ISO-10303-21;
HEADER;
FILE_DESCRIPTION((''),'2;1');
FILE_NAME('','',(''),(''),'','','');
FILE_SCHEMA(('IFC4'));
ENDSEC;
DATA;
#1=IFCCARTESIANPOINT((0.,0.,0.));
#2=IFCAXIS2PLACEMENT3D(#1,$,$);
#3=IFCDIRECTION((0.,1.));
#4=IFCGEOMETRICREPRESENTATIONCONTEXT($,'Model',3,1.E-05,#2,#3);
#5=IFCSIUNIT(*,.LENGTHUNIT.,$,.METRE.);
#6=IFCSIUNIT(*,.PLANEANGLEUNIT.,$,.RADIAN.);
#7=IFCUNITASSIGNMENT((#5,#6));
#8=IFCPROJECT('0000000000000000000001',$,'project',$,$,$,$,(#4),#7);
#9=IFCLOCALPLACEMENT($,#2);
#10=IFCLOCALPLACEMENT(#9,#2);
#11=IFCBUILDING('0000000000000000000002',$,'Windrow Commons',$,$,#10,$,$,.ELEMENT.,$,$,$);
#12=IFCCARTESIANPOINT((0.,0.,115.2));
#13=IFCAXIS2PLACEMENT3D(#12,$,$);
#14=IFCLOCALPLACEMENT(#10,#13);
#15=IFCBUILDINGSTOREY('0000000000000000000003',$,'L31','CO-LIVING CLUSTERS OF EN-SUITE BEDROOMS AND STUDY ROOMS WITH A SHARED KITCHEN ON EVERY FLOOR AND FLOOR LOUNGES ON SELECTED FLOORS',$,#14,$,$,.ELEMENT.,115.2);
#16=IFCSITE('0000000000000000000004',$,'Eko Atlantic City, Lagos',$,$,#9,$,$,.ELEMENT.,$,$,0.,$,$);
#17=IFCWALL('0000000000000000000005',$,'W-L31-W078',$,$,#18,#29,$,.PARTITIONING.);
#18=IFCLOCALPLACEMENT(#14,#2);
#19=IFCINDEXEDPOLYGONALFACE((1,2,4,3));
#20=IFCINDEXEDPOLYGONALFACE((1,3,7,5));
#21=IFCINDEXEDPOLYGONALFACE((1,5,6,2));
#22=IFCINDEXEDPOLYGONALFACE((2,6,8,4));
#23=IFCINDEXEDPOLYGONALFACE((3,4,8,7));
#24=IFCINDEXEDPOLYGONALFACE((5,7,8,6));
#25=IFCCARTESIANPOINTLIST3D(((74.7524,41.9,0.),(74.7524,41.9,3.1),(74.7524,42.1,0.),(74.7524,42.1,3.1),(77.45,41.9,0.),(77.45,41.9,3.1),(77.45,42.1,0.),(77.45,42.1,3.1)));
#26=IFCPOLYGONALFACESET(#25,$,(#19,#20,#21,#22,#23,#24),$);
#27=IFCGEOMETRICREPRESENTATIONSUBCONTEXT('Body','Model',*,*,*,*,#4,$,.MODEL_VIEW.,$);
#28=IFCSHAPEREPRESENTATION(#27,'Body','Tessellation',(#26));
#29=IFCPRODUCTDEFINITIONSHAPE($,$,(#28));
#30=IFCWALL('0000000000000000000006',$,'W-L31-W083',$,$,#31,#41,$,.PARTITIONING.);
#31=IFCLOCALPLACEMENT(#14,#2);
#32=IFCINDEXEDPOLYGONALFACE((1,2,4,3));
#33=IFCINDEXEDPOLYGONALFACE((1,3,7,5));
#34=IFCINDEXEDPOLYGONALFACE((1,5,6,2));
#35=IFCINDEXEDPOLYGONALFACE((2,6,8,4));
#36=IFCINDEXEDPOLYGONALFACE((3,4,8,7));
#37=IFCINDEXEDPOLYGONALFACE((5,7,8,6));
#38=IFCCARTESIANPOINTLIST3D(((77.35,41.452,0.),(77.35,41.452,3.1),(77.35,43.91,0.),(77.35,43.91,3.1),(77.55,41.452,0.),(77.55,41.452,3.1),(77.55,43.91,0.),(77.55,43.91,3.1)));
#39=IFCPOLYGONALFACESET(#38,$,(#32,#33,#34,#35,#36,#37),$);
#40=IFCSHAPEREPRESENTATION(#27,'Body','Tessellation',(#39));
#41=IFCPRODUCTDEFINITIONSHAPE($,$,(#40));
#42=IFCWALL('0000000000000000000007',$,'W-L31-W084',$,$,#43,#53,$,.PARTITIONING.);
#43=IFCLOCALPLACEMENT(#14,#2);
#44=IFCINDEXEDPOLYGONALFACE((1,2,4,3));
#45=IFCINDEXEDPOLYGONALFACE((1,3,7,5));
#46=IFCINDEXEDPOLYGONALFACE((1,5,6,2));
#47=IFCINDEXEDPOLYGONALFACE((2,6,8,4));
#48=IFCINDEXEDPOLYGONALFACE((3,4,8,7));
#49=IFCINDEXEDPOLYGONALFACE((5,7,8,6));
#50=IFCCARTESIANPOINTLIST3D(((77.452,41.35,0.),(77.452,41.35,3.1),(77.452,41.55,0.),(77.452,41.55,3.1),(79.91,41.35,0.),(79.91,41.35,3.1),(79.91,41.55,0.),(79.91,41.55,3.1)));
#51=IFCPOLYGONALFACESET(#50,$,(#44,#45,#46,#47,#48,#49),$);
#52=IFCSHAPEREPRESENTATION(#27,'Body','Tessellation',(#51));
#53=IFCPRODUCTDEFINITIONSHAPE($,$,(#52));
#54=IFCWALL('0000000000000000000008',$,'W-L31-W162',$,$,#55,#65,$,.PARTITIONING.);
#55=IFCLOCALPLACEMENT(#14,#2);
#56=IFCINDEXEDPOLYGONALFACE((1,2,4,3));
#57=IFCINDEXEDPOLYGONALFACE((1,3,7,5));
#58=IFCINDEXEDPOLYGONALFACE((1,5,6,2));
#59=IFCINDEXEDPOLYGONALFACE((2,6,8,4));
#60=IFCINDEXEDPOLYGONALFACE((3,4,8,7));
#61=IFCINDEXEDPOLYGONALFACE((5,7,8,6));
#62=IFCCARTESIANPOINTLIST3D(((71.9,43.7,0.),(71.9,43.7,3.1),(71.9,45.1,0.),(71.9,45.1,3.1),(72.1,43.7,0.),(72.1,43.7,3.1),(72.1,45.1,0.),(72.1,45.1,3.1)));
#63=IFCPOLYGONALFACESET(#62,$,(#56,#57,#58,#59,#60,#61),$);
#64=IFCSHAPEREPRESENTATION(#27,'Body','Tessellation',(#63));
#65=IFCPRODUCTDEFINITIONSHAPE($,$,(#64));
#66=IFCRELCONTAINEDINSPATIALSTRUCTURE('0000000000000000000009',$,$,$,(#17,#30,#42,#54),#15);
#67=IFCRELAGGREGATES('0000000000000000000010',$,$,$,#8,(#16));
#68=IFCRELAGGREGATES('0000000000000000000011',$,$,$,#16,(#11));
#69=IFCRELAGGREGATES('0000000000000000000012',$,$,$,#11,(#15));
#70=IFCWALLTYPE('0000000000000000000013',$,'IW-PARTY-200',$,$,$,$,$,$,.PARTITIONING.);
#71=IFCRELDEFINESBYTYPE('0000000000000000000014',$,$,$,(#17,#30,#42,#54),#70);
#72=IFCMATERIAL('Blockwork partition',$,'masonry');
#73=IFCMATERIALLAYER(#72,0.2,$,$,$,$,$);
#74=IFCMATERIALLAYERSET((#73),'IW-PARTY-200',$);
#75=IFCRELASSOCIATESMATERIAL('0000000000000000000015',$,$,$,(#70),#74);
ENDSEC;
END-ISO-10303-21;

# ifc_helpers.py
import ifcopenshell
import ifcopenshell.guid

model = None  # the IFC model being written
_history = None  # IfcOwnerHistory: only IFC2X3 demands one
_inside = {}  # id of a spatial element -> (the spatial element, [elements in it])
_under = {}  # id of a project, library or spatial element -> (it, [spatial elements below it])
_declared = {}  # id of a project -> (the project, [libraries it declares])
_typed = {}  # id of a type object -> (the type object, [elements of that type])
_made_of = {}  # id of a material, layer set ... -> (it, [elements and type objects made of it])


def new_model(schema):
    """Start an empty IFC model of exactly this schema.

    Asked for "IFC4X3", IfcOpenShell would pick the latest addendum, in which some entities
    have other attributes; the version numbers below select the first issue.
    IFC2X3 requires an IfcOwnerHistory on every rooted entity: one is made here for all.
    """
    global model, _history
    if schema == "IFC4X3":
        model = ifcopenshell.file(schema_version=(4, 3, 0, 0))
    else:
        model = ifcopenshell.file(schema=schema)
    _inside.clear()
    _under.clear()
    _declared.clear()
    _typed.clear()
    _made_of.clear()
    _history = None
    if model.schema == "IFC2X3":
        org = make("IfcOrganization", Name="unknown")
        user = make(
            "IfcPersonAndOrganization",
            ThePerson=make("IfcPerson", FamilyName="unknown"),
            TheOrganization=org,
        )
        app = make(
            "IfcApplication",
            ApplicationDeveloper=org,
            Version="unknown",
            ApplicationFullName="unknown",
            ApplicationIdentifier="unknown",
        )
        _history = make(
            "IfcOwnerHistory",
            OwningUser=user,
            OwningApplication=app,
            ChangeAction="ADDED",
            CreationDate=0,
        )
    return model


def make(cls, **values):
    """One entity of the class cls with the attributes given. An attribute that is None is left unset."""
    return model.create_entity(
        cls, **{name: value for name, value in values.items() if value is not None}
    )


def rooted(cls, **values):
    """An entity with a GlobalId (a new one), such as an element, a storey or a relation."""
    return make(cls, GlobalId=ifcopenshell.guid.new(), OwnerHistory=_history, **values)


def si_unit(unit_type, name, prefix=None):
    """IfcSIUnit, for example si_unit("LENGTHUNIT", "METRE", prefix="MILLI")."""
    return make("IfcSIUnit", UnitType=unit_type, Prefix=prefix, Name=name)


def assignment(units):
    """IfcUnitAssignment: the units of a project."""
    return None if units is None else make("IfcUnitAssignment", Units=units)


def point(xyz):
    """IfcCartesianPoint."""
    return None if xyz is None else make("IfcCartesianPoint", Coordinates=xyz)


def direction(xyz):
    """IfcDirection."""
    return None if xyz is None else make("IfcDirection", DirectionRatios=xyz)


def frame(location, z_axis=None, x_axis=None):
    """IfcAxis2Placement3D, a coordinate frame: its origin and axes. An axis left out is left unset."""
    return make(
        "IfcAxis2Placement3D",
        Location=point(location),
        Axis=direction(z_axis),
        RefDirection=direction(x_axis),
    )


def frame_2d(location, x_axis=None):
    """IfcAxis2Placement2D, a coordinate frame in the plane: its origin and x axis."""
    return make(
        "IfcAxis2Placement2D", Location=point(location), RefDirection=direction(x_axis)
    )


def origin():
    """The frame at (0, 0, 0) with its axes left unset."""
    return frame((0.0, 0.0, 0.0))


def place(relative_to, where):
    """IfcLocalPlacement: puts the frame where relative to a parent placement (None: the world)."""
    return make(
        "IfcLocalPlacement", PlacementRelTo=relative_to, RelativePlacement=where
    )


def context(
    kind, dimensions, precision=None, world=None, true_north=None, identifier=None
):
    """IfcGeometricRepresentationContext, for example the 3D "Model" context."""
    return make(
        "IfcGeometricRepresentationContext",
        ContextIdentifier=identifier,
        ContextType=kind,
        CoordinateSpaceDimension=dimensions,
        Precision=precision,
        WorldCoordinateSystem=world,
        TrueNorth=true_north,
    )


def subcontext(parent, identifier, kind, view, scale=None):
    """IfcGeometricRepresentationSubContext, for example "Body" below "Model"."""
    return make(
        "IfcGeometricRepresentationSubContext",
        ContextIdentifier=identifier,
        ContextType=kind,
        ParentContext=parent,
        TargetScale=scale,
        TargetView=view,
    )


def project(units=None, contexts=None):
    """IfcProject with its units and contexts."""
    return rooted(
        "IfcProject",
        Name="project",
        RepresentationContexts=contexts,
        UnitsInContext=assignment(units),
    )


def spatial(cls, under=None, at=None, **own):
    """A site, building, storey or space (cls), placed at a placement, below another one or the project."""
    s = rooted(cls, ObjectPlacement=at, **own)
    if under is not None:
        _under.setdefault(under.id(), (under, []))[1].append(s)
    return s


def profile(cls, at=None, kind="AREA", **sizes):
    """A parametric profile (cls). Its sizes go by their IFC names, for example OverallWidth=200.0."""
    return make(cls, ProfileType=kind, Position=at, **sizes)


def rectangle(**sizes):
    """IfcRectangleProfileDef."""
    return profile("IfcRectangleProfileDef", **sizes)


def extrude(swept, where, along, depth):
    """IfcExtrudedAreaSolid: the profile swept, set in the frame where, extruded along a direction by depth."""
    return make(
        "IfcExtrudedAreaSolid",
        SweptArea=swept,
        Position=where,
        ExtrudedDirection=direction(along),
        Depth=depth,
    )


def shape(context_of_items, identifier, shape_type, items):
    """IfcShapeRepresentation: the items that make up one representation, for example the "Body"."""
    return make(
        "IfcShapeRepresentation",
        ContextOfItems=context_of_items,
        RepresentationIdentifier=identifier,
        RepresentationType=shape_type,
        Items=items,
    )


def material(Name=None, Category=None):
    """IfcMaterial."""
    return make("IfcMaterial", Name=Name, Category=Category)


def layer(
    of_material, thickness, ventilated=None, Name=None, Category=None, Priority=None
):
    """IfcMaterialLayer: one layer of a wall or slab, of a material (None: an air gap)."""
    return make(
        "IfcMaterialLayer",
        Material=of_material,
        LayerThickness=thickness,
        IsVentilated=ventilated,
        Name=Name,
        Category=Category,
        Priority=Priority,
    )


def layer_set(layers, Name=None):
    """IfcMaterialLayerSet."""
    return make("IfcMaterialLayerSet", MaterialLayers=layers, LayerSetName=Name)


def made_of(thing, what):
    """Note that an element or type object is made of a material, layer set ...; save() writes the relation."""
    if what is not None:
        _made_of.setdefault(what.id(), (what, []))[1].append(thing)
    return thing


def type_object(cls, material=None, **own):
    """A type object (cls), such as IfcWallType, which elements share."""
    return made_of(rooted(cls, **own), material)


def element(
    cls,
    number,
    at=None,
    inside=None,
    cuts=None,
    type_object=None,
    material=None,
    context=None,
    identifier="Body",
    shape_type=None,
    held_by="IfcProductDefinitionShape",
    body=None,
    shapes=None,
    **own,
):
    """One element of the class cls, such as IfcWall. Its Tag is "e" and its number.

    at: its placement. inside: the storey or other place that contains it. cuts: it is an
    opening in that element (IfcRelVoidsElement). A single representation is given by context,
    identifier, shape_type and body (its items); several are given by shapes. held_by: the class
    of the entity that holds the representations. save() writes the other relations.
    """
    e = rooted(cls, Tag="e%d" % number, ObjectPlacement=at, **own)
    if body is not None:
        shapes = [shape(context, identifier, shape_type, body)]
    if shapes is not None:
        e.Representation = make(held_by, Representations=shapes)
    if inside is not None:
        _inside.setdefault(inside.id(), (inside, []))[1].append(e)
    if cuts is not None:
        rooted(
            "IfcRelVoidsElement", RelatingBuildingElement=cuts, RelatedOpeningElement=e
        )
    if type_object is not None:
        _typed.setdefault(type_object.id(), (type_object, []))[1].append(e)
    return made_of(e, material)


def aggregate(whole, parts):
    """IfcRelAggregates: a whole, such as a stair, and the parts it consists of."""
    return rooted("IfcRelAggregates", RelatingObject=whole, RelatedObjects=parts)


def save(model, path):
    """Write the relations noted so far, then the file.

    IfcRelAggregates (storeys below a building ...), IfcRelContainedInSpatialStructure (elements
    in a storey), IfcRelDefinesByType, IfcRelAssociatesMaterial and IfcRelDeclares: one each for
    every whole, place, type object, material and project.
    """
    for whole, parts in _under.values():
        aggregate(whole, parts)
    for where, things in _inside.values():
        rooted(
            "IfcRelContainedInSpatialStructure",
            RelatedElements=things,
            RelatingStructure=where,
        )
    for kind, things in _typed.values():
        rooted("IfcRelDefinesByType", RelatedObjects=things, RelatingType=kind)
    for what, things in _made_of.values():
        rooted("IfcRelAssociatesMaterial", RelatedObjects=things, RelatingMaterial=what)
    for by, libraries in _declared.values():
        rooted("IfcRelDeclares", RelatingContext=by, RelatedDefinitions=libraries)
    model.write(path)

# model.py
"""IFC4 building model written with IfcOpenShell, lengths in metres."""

from ifc_helpers import new_model, si_unit, direction, frame, frame_2d, origin, place, context, subcontext, project, spatial, rectangle, extrude, material, layer, layer_set, type_object, element, save


model = new_model("IFC4")

# Units and contexts
model_context = context("Model", 3, precision=1e-05, world=origin(), true_north=direction((0.0, 1.0)))
body_context = subcontext(model_context, "Body", "Model", "MODEL_VIEW")
ifc_project = project(units=[si_unit("LENGTHUNIT", "METRE"), si_unit("PLANEANGLEUNIT", "RADIAN")], contexts=[model_context])

# Site, building, storey
site_placement = place(None, origin())
site = spatial("IfcSite", under=ifc_project, at=site_placement, Name="Eko Atlantic City, Lagos", CompositionType="ELEMENT", RefElevation=0.0)
building_placement = place(site_placement, origin())
building = spatial("IfcBuilding", under=site, at=building_placement, Name="Windrow Commons", CompositionType="ELEMENT")
storey_placement = place(building_placement, frame((0.0, 0.0, 115.2)))
storey = spatial("IfcBuildingStorey", under=building, at=storey_placement, Name="L31", Description="CO-LIVING CLUSTERS OF EN-SUITE BEDROOMS AND STUDY ROOMS WITH A SHARED KITCHEN ON EVERY FLOOR AND FLOOR LOUNGES ON SELECTED FLOORS", CompositionType="ELEMENT", Elevation=115.2)

# Walls
ifc_material_1 = material(Name="Blockwork partition", Category="masonry")
ifc_layer_1 = layer(ifc_material_1, 0.2)
ifc_layer_set_1 = layer_set([ifc_layer_1], Name="IW-PARTY-200")
wall_type_1 = type_object("IfcWallType", Name="IW-PARTY-200", PredefinedType="PARTITIONING", material=ifc_layer_set_1)
wall_1_placement = place(storey_placement, frame((74.7524, 42.0, 0.0), z_axis=(0.0, 0.0, 1.0), x_axis=(1.0, 0.0, 0.0)))
element("IfcWall", 1, at=wall_1_placement, inside=storey, type_object=wall_type_1, Name="W-L31-W078", PredefinedType="PARTITIONING", context=body_context, shape_type="SweptSolid", body=[
    extrude(rectangle(XDim=2.6976, YDim=0.2, at=frame_2d((1.3488, 0.0))), origin(), (0.0, 0.0, 1.0), 3.1),
])
for number, where, z_axis, x_axis, name in (
    (2, (77.45, 41.452, 0.0), (0.0, 0.0, 1.0), (0.0, 1.0, 0.0), "W-L31-W083"),
    (3, (77.452, 41.45, 0.0), (0.0, 0.0, 1.0), (1.0, 0.0, 0.0), "W-L31-W084"),
):
    element("IfcWall", number, at=place(storey_placement, frame(where, z_axis=z_axis, x_axis=x_axis)), inside=storey, type_object=wall_type_1, Name=name, PredefinedType="PARTITIONING", context=body_context, shape_type="SweptSolid", body=[
        extrude(rectangle(XDim=2.458, YDim=0.2, at=frame_2d((1.229, 0.0))), origin(), (0.0, 0.0, 1.0), 3.1),
    ])
wall_2_placement = place(storey_placement, frame((72.0, 43.7, 0.0), z_axis=(0.0, 0.0, 1.0), x_axis=(0.0, 1.0, 0.0)))
element("IfcWall", 4, at=wall_2_placement, inside=storey, type_object=wall_type_1, Name="W-L31-W162", PredefinedType="PARTITIONING", context=body_context, shape_type="SweptSolid", body=[
    extrude(rectangle(XDim=1.4, YDim=0.2, at=frame_2d((0.7, 0.0))), origin(), (0.0, 0.0, 1.0), 3.1),
])

save(model, "model.ifc")
